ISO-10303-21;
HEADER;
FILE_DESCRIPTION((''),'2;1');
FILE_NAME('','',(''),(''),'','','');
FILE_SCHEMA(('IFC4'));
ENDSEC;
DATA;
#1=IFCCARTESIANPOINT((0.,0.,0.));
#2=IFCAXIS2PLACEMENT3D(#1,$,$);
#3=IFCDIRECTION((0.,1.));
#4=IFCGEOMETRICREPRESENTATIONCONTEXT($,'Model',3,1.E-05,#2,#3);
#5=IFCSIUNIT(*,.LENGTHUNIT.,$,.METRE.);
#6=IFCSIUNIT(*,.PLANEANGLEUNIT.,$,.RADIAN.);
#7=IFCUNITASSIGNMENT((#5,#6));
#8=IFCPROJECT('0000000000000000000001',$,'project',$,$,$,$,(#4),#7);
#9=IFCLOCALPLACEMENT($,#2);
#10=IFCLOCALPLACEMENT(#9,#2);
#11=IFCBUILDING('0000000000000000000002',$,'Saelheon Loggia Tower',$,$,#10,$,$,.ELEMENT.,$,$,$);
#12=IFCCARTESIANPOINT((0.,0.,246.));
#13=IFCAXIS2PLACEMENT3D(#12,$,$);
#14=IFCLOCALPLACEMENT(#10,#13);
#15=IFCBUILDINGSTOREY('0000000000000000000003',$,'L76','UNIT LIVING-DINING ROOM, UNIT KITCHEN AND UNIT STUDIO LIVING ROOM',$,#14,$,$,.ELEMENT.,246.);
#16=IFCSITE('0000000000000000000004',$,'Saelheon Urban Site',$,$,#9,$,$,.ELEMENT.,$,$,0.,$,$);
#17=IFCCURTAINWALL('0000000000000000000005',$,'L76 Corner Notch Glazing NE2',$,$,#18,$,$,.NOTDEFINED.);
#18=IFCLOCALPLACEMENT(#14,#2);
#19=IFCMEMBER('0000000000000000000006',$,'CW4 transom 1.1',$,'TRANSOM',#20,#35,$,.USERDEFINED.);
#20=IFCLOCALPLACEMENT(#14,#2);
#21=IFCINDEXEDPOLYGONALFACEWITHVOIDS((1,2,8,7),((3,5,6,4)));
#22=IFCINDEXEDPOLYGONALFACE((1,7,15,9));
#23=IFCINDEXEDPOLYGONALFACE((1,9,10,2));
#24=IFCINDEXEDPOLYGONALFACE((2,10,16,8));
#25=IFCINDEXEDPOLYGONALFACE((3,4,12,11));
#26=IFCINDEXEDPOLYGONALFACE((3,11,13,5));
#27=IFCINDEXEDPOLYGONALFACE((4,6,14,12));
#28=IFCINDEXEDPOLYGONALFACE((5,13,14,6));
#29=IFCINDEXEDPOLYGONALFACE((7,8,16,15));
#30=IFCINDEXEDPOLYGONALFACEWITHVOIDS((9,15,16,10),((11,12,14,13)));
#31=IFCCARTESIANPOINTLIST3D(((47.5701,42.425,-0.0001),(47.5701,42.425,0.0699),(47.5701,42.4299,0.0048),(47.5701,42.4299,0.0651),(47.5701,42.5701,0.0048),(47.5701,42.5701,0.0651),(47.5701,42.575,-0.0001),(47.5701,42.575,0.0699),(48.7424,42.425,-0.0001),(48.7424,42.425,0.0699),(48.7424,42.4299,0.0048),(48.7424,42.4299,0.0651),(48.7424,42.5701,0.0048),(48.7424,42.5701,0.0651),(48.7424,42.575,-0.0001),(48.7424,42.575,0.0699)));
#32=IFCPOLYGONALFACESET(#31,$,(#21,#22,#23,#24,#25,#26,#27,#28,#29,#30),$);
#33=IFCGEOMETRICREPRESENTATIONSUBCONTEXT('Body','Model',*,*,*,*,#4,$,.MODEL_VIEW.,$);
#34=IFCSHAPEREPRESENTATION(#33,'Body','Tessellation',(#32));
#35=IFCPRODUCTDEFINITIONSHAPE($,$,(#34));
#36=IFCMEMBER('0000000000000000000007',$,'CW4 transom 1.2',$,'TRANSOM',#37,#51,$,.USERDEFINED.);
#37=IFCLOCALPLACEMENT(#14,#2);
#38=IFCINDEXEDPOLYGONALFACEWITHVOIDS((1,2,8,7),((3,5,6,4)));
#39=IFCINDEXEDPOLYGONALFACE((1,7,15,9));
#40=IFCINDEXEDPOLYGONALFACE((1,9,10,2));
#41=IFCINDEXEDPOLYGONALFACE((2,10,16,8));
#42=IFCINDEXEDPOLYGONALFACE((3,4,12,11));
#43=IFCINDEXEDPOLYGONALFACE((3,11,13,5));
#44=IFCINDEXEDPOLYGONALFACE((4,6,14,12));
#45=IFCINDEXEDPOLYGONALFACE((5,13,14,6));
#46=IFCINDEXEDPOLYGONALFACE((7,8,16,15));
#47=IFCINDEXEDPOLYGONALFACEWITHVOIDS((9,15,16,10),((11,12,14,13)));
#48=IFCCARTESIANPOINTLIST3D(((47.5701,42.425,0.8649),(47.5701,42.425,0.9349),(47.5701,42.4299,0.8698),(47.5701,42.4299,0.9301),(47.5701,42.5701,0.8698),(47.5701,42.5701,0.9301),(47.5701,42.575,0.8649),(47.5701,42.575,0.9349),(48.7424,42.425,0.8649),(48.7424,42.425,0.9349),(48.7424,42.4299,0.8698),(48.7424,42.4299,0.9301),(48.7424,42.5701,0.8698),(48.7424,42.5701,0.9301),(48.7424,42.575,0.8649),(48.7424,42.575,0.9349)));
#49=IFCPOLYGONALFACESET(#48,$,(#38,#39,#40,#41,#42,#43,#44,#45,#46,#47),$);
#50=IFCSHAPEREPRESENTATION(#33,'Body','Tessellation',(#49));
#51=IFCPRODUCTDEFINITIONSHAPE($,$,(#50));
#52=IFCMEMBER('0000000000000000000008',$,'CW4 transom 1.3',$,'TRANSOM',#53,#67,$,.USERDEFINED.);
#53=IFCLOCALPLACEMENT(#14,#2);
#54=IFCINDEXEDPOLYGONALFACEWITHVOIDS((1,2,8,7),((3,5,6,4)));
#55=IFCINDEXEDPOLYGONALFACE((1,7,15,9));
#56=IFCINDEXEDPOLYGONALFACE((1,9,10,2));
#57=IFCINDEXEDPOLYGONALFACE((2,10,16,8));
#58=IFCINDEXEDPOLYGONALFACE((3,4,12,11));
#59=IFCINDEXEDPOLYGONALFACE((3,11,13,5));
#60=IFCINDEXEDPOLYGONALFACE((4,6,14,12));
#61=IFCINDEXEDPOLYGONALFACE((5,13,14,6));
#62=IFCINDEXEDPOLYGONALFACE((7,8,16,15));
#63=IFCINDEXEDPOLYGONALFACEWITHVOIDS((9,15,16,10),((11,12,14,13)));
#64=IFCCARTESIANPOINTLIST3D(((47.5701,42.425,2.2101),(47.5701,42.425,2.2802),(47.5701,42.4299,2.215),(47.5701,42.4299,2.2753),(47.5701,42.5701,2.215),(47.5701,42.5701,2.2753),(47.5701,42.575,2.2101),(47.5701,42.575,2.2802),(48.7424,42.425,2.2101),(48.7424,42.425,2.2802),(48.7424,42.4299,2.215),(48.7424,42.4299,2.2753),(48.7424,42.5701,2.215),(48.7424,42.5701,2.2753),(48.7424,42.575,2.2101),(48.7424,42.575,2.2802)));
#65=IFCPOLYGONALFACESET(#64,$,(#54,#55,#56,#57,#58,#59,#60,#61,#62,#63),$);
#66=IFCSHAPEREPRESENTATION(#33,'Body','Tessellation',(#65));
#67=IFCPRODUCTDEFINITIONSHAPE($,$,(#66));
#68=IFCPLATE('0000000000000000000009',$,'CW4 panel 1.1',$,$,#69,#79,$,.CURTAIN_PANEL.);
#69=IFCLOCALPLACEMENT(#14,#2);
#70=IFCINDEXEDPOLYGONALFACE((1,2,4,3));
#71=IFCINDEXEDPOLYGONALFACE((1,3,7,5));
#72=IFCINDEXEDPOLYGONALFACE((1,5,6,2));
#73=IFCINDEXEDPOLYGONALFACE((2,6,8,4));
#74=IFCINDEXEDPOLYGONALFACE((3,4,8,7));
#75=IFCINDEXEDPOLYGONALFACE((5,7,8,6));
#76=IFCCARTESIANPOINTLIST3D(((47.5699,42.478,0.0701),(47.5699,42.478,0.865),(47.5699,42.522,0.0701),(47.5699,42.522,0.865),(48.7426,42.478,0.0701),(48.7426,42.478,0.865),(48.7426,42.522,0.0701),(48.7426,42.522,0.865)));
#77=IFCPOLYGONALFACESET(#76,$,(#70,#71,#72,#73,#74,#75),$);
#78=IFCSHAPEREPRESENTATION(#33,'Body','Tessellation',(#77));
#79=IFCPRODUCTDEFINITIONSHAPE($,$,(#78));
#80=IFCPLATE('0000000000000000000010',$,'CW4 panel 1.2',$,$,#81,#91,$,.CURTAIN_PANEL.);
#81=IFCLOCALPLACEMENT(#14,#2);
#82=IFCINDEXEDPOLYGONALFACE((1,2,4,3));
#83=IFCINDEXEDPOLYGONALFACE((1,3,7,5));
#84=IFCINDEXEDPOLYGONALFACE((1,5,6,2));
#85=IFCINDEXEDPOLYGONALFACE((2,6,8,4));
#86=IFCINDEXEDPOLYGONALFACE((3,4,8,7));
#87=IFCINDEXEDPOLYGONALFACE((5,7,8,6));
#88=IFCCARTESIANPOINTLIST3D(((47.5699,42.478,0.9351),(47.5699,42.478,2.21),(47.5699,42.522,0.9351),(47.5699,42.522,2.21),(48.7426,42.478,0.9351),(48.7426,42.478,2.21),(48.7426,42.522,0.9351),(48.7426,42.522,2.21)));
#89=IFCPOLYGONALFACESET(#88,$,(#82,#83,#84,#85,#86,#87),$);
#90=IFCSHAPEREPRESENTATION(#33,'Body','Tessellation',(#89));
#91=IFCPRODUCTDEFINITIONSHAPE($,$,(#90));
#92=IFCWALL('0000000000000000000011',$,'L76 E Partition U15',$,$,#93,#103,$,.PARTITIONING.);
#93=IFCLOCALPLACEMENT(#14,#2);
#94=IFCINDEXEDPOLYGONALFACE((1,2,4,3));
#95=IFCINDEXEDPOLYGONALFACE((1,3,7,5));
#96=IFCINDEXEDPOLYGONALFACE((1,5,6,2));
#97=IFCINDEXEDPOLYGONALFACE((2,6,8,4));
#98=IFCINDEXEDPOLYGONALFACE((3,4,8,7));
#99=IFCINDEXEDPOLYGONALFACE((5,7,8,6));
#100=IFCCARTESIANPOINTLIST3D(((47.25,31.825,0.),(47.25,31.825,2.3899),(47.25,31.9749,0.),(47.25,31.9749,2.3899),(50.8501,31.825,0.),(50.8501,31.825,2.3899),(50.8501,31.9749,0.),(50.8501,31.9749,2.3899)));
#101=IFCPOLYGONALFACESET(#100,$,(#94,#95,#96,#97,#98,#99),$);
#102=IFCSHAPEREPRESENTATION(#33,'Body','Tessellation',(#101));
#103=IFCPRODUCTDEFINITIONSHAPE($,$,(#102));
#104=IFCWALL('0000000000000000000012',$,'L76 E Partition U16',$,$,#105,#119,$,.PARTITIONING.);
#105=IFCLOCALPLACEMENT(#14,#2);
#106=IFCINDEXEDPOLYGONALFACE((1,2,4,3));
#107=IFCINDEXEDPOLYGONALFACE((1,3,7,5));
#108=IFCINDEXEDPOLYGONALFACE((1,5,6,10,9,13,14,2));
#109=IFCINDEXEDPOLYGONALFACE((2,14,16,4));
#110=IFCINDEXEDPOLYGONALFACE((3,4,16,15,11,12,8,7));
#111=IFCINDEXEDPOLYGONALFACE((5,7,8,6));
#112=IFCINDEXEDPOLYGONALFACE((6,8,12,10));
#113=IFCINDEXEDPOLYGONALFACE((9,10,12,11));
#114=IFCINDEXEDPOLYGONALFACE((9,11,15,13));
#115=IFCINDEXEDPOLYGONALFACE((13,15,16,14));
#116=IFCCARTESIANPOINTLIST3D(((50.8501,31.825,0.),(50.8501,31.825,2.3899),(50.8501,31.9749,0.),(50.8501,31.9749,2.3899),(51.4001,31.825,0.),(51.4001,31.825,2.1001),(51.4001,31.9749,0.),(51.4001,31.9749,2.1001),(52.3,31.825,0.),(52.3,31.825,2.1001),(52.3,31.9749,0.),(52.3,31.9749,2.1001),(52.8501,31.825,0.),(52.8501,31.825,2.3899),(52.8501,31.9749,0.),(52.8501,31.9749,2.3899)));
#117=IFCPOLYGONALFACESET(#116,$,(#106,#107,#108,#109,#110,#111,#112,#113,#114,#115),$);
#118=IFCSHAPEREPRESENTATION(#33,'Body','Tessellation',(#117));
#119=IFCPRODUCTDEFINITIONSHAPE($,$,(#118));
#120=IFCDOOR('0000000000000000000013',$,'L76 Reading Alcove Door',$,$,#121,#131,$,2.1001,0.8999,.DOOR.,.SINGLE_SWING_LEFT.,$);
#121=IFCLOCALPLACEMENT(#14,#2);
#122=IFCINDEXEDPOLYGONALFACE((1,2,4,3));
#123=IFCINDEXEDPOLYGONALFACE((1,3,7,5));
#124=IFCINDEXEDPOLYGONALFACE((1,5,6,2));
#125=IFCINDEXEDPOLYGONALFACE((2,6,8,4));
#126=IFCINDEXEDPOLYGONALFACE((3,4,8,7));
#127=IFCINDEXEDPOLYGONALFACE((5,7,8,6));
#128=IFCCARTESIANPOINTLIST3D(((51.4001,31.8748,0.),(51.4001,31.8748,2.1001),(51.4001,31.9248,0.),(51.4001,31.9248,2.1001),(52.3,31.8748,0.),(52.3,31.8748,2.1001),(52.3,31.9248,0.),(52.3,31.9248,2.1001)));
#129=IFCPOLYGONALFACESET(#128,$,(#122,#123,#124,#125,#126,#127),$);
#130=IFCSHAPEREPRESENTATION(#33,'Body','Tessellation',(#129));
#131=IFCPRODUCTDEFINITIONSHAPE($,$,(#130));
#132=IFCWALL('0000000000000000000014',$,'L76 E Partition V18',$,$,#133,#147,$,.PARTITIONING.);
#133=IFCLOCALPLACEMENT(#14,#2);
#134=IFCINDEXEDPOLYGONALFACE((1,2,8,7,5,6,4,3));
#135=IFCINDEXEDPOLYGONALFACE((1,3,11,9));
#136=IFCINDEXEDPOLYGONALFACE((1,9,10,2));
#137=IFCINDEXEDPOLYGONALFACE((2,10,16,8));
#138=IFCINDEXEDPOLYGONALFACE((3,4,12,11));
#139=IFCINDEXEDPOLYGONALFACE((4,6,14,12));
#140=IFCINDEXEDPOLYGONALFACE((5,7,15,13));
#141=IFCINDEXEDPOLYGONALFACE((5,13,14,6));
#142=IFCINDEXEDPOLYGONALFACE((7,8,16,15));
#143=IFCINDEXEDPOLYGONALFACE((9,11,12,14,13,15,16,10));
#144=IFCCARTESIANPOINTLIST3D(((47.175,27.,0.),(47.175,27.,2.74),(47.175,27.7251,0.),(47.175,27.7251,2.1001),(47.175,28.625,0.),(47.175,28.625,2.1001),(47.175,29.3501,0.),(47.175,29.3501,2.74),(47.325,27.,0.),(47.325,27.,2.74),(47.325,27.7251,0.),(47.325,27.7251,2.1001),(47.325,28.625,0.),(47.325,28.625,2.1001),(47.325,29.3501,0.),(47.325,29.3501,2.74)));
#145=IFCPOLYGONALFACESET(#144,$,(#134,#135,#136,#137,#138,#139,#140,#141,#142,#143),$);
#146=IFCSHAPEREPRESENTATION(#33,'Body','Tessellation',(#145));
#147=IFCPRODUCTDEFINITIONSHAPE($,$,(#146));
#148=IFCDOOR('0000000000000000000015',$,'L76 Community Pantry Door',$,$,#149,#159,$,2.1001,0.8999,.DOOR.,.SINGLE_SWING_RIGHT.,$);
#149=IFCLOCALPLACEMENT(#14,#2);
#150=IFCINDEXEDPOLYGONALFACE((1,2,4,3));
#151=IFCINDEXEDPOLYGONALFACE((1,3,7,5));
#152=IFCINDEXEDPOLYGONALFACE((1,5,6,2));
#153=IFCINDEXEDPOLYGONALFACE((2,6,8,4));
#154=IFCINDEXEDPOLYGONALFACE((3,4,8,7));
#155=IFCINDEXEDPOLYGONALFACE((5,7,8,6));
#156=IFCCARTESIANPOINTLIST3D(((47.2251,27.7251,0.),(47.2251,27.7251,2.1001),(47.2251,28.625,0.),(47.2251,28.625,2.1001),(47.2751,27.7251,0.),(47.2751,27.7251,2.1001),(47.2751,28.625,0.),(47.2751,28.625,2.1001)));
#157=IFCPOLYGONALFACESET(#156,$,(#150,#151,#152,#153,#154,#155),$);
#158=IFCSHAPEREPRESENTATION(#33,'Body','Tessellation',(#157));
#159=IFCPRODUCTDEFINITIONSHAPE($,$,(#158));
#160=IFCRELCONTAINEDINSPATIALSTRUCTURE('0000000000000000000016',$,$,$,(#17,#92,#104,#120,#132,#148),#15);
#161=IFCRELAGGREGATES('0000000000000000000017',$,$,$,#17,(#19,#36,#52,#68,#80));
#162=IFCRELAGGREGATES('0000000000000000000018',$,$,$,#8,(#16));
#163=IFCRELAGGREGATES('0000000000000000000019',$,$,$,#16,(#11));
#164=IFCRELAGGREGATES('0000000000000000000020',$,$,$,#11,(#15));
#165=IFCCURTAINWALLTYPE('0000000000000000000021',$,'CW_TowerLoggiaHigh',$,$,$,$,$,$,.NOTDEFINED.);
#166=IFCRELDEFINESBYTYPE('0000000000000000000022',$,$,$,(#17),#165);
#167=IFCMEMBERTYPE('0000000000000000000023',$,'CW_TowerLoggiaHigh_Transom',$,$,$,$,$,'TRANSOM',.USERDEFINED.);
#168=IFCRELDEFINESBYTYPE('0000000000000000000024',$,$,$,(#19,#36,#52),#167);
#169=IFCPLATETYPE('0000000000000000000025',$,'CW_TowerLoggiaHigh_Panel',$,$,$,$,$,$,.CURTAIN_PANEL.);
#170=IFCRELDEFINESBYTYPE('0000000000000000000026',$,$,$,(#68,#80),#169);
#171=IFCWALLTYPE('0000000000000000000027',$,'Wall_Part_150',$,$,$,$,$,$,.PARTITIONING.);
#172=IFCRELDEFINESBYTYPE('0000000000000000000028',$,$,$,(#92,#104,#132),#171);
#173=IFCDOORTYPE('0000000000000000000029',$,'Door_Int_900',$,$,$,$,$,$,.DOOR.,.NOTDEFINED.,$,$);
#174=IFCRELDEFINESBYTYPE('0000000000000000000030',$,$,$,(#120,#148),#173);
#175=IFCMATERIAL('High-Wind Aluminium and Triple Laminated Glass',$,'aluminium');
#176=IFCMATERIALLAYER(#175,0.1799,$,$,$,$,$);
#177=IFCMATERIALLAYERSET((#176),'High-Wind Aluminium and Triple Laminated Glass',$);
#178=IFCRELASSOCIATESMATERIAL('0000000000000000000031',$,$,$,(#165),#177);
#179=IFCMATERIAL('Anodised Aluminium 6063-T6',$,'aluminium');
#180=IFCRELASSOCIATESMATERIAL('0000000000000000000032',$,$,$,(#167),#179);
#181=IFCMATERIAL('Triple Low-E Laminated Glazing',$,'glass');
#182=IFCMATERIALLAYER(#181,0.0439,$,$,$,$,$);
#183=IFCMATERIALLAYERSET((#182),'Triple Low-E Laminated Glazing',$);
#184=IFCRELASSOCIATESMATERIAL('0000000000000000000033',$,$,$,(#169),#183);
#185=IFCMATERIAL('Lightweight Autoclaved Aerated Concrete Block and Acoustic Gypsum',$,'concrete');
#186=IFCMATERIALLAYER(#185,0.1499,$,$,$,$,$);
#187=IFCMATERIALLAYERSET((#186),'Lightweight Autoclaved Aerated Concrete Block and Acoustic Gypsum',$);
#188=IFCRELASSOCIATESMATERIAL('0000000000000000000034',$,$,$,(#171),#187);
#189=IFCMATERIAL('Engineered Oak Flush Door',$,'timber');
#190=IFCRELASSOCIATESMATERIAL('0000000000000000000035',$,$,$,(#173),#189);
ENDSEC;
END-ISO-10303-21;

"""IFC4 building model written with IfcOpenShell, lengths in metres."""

from ifc_helpers import new_model, si_unit, direction, frame, frame_2d, origin, origin_2d, place, context, subcontext, project, spatial, rectangle, hollow_rectangle, extrude, source, transform, mapped, material, layer, layer_set, material_profile, profile_set, type_object, element, fill, aggregate, save


model = new_model("IFC4")

# Units and contexts
model_context = context("Model", 3, precision=1e-05, world=origin(), true_north=direction((0.0, 1.0)))
body_context = subcontext(model_context, "Body", "Model", "MODEL_VIEW")
ifc_project = project(units=[si_unit("LENGTHUNIT", "METRE"), si_unit("PLANEANGLEUNIT", "RADIAN")], contexts=[model_context])

# Site, building, storey
site_placement = place(None, origin())
site = spatial("IfcSite", under=ifc_project, at=site_placement, Name="Saelheon Urban Site", CompositionType="ELEMENT", RefElevation=0.0)
building_placement = place(site_placement, origin())
building = spatial("IfcBuilding", under=site, at=building_placement, Name="Saelheon Loggia Tower", CompositionType="ELEMENT")
storey_placement = place(building_placement, frame((0.0, 0.0, 246.0)))
storey = spatial("IfcBuildingStorey", under=building, at=storey_placement, Name="L76", Description="UNIT LIVING-DINING ROOM, UNIT KITCHEN AND UNIT STUDIO LIVING ROOM", CompositionType="ELEMENT", Elevation=246.0)

# Curtain wall, members, plates
ifc_material_1 = material(Name="High-Wind Aluminium and Triple Laminated Glass", Category="aluminium")
ifc_layer_1 = layer(ifc_material_1, 0.1799)
ifc_layer_set_1 = layer_set([ifc_layer_1], Name="High-Wind Aluminium and Triple Laminated Glass")
curtain_wall_type = type_object("IfcCurtainWallType", Name="CW_TowerLoggiaHigh", PredefinedType="NOTDEFINED", material=ifc_layer_set_1)
curtain_wall_placement = place(storey_placement, origin())
curtain_wall = element("IfcCurtainWall", 1, at=curtain_wall_placement, inside=storey, type_object=curtain_wall_type, Name="L76 Corner Notch Glazing NE2", PredefinedType="NOTDEFINED")
ifc_material_2 = material(Name="Anodised Aluminium 6063-T6", Category="aluminium")
ifc_material_profile_1 = material_profile(ifc_material_2, hollow_rectangle(XDim=0.0701, YDim=0.1499, WallThickness=0.0049, at=origin_2d()), Name="RHS-150x70x5")
ifc_profile_set_1 = profile_set([ifc_material_profile_1], Name="Anodised Aluminium 6063-T6")
member_type_1 = type_object("IfcMemberType", Name="CW_TowerLoggiaHigh_Transom", ElementType="TRANSOM", PredefinedType="USERDEFINED", material=ifc_profile_set_1)
shared_shape_1 = source(origin(), body_context, "Body", "SweptSolid", [
    extrude(hollow_rectangle(XDim=0.0701, YDim=0.1499, WallThickness=0.0049, at=origin_2d()), origin(), (0.0, 0.0, 1.0), 1.1724),
])
member_1_placement = place(storey_placement, frame((47.5701, 42.5, 0.0349), z_axis=(1.0, 0.0, 0.0), x_axis=(0.0, 0.0, 1.0)))
member_1 = element("IfcMember", 2, at=member_1_placement, type_object=member_type_1, Name="CW4 transom 1.1", ObjectType="TRANSOM", PredefinedType="USERDEFINED", context=body_context, shape_type="MappedRepresentation", body=[
    mapped(shared_shape_1, transform((0.0, 0.0, 0.0), scale=1.0)),
])
member_2_placement = place(storey_placement, frame((47.5701, 42.5, 0.8999), z_axis=(1.0, 0.0, 0.0), x_axis=(0.0, 0.0, 1.0)))
member_2 = element("IfcMember", 3, at=member_2_placement, type_object=member_type_1, Name="CW4 transom 1.2", ObjectType="TRANSOM", PredefinedType="USERDEFINED", context=body_context, shape_type="MappedRepresentation", body=[
    mapped(shared_shape_1, transform((0.0, 0.0, 0.0), scale=1.0)),
])
member_3_placement = place(storey_placement, frame((47.5701, 42.5, 2.2451), z_axis=(1.0, 0.0, 0.0), x_axis=(0.0, 0.0, 1.0)))
member_3 = element("IfcMember", 4, at=member_3_placement, type_object=member_type_1, Name="CW4 transom 1.3", ObjectType="TRANSOM", PredefinedType="USERDEFINED", context=body_context, shape_type="MappedRepresentation", body=[
    mapped(shared_shape_1, transform((0.0, 0.0, 0.0), scale=1.0)),
])
ifc_material_3 = material(Name="Triple Low-E Laminated Glazing", Category="glass")
ifc_layer_2 = layer(ifc_material_3, 0.0439)
ifc_layer_set_2 = layer_set([ifc_layer_2], Name="Triple Low-E Laminated Glazing")
plate_type = type_object("IfcPlateType", Name="CW_TowerLoggiaHigh_Panel", PredefinedType="CURTAIN_PANEL", material=ifc_layer_set_2)
shared_shape_2 = source(origin(), body_context, "Body", "SweptSolid", [
    extrude(rectangle(XDim=1.1726, YDim=0.0439, at=origin_2d()), origin(), (0.0, 0.0, 1.0), 0.7949),
])
plate_1_placement = place(storey_placement, frame((48.1562, 42.5, 0.0701), z_axis=(0.0, 0.0, 1.0), x_axis=(1.0, 0.0, 0.0)))
plate_1 = element("IfcPlate", 5, at=plate_1_placement, type_object=plate_type, Name="CW4 panel 1.1", PredefinedType="CURTAIN_PANEL", context=body_context, shape_type="MappedRepresentation", body=[
    mapped(shared_shape_2, transform((0.0, 0.0, 0.0), scale=1.0)),
])
shared_shape_3 = source(origin(), body_context, "Body", "SweptSolid", [
    extrude(rectangle(XDim=1.1726, YDim=0.0439, at=origin_2d()), origin(), (0.0, 0.0, 1.0), 1.2749),
])
plate_2_placement = place(storey_placement, frame((48.1562, 42.5, 0.9351), z_axis=(0.0, 0.0, 1.0), x_axis=(1.0, 0.0, 0.0)))
plate_2 = element("IfcPlate", 6, at=plate_2_placement, type_object=plate_type, Name="CW4 panel 1.2", PredefinedType="CURTAIN_PANEL", context=body_context, shape_type="MappedRepresentation", body=[
    mapped(shared_shape_3, transform((0.0, 0.0, 0.0), scale=1.0)),
])
aggregate(curtain_wall, [member_1, member_2, member_3, plate_1, plate_2])

# Wall
ifc_material_4 = material(Name="Lightweight Autoclaved Aerated Concrete Block and Acoustic Gypsum", Category="concrete")
ifc_layer_3 = layer(ifc_material_4, 0.1499)
ifc_layer_set_3 = layer_set([ifc_layer_3], Name="Lightweight Autoclaved Aerated Concrete Block and Acoustic Gypsum")
wall_type_1 = type_object("IfcWallType", Name="Wall_Part_150", PredefinedType="PARTITIONING", material=ifc_layer_set_3)
wall_1_placement = place(storey_placement, frame((47.25, 31.8999, 0.0), z_axis=(0.0, 0.0, 1.0), x_axis=(1.0, 0.0, 0.0)))
element("IfcWall", 7, at=wall_1_placement, inside=storey, type_object=wall_type_1, Name="L76 E Partition U15", PredefinedType="PARTITIONING", context=body_context, shape_type="SweptSolid", body=[
    extrude(rectangle(XDim=3.6001, YDim=0.1499, at=frame_2d((1.8, 0.0))), origin(), (0.0, 0.0, 1.0), 2.3899),
])

# Walls, openings, doors
wall_2_placement = place(storey_placement, frame((50.8501, 31.8999, 0.0), z_axis=(0.0, 0.0, 1.0), x_axis=(1.0, 0.0, 0.0)))
wall_2 = element("IfcWall", 8, at=wall_2_placement, inside=storey, type_object=wall_type_1, Name="L76 E Partition U16", PredefinedType="PARTITIONING", context=body_context, shape_type="SweptSolid", body=[
    extrude(rectangle(XDim=2.0, YDim=0.1499, at=frame_2d((1.0, 0.0))), origin(), (0.0, 0.0, 1.0), 2.3899),
])
opening_1_placement = place(wall_2_placement, frame((0.55, 0.0, 0.0)))
opening_1 = element("IfcOpeningElement", 9, at=opening_1_placement, cuts=wall_2, PredefinedType="OPENING", context=body_context, shape_type="SweptSolid", body=[
    extrude(rectangle(XDim=0.8999, YDim=2.1001, at=frame_2d((0.45, 1.05))), frame((0.0, 0.0869, 0.0), z_axis=(0.0, -1.0, 0.0), x_axis=(1.0, 0.0, 0.0)), (0.0, 0.0, 1.0), 0.1738),
])
ifc_material_5 = material(Name="Engineered Oak Flush Door", Category="timber")
door_type_1 = type_object("IfcDoorType", Name="Door_Int_900", OperationType="NOTDEFINED", PredefinedType="DOOR", material=ifc_material_5)
shared_shape_4 = source(origin(), body_context, "Body", "SweptSolid", [
    extrude(rectangle(XDim=0.8999, YDim=2.1001, at=frame_2d((0.45, 1.05))), frame((0.0, 0.0249, 0.0), z_axis=(0.0, -1.0, 0.0), x_axis=(1.0, 0.0, 0.0)), (0.0, 0.0, 1.0), 0.05),
])
door_1_placement = place(opening_1_placement, origin())
door_1 = element("IfcDoor", 10, at=door_1_placement, inside=storey, type_object=door_type_1, Name="L76 Reading Alcove Door", OperationType="SINGLE_SWING_LEFT", OverallHeight=2.1001, OverallWidth=0.8999, PredefinedType="DOOR", context=body_context, shape_type="MappedRepresentation", body=[
    mapped(shared_shape_4, transform((0.0, 0.0, 0.0), scale=1.0)),
])
fill(opening_1, door_1)
wall_3_placement = place(storey_placement, frame((47.25, 27.0, 0.0), z_axis=(0.0, 0.0, 1.0), x_axis=(0.0, 1.0, 0.0)))
wall_3 = element("IfcWall", 11, at=wall_3_placement, inside=storey, type_object=wall_type_1, Name="L76 E Partition V18", PredefinedType="PARTITIONING", context=body_context, shape_type="SweptSolid", body=[
    extrude(rectangle(XDim=2.3501, YDim=0.1499, at=frame_2d((1.175, 0.0))), origin(), (0.0, 0.0, 1.0), 2.74),
])
opening_2_placement = place(wall_3_placement, frame((0.7251, 0.0, 0.0)))
opening_2 = element("IfcOpeningElement", 12, at=opening_2_placement, cuts=wall_3, PredefinedType="OPENING", context=body_context, shape_type="SweptSolid", body=[
    extrude(rectangle(XDim=0.8999, YDim=2.1001, at=frame_2d((0.45, 1.05))), frame((0.0, 0.0869, 0.0), z_axis=(0.0, -1.0, 0.0), x_axis=(1.0, 0.0, 0.0)), (0.0, 0.0, 1.0), 0.1738),
])
door_2_placement = place(opening_2_placement, origin())
door_2 = element("IfcDoor", 13, at=door_2_placement, inside=storey, type_object=door_type_1, Name="L76 Community Pantry Door", OperationType="SINGLE_SWING_RIGHT", OverallHeight=2.1001, OverallWidth=0.8999, PredefinedType="DOOR", context=body_context, shape_type="MappedRepresentation", body=[
    mapped(shared_shape_4, transform((0.0, 0.0, 0.0), scale=1.0)),
])
fill(opening_2, door_2)

save(model, "model.ifc")
